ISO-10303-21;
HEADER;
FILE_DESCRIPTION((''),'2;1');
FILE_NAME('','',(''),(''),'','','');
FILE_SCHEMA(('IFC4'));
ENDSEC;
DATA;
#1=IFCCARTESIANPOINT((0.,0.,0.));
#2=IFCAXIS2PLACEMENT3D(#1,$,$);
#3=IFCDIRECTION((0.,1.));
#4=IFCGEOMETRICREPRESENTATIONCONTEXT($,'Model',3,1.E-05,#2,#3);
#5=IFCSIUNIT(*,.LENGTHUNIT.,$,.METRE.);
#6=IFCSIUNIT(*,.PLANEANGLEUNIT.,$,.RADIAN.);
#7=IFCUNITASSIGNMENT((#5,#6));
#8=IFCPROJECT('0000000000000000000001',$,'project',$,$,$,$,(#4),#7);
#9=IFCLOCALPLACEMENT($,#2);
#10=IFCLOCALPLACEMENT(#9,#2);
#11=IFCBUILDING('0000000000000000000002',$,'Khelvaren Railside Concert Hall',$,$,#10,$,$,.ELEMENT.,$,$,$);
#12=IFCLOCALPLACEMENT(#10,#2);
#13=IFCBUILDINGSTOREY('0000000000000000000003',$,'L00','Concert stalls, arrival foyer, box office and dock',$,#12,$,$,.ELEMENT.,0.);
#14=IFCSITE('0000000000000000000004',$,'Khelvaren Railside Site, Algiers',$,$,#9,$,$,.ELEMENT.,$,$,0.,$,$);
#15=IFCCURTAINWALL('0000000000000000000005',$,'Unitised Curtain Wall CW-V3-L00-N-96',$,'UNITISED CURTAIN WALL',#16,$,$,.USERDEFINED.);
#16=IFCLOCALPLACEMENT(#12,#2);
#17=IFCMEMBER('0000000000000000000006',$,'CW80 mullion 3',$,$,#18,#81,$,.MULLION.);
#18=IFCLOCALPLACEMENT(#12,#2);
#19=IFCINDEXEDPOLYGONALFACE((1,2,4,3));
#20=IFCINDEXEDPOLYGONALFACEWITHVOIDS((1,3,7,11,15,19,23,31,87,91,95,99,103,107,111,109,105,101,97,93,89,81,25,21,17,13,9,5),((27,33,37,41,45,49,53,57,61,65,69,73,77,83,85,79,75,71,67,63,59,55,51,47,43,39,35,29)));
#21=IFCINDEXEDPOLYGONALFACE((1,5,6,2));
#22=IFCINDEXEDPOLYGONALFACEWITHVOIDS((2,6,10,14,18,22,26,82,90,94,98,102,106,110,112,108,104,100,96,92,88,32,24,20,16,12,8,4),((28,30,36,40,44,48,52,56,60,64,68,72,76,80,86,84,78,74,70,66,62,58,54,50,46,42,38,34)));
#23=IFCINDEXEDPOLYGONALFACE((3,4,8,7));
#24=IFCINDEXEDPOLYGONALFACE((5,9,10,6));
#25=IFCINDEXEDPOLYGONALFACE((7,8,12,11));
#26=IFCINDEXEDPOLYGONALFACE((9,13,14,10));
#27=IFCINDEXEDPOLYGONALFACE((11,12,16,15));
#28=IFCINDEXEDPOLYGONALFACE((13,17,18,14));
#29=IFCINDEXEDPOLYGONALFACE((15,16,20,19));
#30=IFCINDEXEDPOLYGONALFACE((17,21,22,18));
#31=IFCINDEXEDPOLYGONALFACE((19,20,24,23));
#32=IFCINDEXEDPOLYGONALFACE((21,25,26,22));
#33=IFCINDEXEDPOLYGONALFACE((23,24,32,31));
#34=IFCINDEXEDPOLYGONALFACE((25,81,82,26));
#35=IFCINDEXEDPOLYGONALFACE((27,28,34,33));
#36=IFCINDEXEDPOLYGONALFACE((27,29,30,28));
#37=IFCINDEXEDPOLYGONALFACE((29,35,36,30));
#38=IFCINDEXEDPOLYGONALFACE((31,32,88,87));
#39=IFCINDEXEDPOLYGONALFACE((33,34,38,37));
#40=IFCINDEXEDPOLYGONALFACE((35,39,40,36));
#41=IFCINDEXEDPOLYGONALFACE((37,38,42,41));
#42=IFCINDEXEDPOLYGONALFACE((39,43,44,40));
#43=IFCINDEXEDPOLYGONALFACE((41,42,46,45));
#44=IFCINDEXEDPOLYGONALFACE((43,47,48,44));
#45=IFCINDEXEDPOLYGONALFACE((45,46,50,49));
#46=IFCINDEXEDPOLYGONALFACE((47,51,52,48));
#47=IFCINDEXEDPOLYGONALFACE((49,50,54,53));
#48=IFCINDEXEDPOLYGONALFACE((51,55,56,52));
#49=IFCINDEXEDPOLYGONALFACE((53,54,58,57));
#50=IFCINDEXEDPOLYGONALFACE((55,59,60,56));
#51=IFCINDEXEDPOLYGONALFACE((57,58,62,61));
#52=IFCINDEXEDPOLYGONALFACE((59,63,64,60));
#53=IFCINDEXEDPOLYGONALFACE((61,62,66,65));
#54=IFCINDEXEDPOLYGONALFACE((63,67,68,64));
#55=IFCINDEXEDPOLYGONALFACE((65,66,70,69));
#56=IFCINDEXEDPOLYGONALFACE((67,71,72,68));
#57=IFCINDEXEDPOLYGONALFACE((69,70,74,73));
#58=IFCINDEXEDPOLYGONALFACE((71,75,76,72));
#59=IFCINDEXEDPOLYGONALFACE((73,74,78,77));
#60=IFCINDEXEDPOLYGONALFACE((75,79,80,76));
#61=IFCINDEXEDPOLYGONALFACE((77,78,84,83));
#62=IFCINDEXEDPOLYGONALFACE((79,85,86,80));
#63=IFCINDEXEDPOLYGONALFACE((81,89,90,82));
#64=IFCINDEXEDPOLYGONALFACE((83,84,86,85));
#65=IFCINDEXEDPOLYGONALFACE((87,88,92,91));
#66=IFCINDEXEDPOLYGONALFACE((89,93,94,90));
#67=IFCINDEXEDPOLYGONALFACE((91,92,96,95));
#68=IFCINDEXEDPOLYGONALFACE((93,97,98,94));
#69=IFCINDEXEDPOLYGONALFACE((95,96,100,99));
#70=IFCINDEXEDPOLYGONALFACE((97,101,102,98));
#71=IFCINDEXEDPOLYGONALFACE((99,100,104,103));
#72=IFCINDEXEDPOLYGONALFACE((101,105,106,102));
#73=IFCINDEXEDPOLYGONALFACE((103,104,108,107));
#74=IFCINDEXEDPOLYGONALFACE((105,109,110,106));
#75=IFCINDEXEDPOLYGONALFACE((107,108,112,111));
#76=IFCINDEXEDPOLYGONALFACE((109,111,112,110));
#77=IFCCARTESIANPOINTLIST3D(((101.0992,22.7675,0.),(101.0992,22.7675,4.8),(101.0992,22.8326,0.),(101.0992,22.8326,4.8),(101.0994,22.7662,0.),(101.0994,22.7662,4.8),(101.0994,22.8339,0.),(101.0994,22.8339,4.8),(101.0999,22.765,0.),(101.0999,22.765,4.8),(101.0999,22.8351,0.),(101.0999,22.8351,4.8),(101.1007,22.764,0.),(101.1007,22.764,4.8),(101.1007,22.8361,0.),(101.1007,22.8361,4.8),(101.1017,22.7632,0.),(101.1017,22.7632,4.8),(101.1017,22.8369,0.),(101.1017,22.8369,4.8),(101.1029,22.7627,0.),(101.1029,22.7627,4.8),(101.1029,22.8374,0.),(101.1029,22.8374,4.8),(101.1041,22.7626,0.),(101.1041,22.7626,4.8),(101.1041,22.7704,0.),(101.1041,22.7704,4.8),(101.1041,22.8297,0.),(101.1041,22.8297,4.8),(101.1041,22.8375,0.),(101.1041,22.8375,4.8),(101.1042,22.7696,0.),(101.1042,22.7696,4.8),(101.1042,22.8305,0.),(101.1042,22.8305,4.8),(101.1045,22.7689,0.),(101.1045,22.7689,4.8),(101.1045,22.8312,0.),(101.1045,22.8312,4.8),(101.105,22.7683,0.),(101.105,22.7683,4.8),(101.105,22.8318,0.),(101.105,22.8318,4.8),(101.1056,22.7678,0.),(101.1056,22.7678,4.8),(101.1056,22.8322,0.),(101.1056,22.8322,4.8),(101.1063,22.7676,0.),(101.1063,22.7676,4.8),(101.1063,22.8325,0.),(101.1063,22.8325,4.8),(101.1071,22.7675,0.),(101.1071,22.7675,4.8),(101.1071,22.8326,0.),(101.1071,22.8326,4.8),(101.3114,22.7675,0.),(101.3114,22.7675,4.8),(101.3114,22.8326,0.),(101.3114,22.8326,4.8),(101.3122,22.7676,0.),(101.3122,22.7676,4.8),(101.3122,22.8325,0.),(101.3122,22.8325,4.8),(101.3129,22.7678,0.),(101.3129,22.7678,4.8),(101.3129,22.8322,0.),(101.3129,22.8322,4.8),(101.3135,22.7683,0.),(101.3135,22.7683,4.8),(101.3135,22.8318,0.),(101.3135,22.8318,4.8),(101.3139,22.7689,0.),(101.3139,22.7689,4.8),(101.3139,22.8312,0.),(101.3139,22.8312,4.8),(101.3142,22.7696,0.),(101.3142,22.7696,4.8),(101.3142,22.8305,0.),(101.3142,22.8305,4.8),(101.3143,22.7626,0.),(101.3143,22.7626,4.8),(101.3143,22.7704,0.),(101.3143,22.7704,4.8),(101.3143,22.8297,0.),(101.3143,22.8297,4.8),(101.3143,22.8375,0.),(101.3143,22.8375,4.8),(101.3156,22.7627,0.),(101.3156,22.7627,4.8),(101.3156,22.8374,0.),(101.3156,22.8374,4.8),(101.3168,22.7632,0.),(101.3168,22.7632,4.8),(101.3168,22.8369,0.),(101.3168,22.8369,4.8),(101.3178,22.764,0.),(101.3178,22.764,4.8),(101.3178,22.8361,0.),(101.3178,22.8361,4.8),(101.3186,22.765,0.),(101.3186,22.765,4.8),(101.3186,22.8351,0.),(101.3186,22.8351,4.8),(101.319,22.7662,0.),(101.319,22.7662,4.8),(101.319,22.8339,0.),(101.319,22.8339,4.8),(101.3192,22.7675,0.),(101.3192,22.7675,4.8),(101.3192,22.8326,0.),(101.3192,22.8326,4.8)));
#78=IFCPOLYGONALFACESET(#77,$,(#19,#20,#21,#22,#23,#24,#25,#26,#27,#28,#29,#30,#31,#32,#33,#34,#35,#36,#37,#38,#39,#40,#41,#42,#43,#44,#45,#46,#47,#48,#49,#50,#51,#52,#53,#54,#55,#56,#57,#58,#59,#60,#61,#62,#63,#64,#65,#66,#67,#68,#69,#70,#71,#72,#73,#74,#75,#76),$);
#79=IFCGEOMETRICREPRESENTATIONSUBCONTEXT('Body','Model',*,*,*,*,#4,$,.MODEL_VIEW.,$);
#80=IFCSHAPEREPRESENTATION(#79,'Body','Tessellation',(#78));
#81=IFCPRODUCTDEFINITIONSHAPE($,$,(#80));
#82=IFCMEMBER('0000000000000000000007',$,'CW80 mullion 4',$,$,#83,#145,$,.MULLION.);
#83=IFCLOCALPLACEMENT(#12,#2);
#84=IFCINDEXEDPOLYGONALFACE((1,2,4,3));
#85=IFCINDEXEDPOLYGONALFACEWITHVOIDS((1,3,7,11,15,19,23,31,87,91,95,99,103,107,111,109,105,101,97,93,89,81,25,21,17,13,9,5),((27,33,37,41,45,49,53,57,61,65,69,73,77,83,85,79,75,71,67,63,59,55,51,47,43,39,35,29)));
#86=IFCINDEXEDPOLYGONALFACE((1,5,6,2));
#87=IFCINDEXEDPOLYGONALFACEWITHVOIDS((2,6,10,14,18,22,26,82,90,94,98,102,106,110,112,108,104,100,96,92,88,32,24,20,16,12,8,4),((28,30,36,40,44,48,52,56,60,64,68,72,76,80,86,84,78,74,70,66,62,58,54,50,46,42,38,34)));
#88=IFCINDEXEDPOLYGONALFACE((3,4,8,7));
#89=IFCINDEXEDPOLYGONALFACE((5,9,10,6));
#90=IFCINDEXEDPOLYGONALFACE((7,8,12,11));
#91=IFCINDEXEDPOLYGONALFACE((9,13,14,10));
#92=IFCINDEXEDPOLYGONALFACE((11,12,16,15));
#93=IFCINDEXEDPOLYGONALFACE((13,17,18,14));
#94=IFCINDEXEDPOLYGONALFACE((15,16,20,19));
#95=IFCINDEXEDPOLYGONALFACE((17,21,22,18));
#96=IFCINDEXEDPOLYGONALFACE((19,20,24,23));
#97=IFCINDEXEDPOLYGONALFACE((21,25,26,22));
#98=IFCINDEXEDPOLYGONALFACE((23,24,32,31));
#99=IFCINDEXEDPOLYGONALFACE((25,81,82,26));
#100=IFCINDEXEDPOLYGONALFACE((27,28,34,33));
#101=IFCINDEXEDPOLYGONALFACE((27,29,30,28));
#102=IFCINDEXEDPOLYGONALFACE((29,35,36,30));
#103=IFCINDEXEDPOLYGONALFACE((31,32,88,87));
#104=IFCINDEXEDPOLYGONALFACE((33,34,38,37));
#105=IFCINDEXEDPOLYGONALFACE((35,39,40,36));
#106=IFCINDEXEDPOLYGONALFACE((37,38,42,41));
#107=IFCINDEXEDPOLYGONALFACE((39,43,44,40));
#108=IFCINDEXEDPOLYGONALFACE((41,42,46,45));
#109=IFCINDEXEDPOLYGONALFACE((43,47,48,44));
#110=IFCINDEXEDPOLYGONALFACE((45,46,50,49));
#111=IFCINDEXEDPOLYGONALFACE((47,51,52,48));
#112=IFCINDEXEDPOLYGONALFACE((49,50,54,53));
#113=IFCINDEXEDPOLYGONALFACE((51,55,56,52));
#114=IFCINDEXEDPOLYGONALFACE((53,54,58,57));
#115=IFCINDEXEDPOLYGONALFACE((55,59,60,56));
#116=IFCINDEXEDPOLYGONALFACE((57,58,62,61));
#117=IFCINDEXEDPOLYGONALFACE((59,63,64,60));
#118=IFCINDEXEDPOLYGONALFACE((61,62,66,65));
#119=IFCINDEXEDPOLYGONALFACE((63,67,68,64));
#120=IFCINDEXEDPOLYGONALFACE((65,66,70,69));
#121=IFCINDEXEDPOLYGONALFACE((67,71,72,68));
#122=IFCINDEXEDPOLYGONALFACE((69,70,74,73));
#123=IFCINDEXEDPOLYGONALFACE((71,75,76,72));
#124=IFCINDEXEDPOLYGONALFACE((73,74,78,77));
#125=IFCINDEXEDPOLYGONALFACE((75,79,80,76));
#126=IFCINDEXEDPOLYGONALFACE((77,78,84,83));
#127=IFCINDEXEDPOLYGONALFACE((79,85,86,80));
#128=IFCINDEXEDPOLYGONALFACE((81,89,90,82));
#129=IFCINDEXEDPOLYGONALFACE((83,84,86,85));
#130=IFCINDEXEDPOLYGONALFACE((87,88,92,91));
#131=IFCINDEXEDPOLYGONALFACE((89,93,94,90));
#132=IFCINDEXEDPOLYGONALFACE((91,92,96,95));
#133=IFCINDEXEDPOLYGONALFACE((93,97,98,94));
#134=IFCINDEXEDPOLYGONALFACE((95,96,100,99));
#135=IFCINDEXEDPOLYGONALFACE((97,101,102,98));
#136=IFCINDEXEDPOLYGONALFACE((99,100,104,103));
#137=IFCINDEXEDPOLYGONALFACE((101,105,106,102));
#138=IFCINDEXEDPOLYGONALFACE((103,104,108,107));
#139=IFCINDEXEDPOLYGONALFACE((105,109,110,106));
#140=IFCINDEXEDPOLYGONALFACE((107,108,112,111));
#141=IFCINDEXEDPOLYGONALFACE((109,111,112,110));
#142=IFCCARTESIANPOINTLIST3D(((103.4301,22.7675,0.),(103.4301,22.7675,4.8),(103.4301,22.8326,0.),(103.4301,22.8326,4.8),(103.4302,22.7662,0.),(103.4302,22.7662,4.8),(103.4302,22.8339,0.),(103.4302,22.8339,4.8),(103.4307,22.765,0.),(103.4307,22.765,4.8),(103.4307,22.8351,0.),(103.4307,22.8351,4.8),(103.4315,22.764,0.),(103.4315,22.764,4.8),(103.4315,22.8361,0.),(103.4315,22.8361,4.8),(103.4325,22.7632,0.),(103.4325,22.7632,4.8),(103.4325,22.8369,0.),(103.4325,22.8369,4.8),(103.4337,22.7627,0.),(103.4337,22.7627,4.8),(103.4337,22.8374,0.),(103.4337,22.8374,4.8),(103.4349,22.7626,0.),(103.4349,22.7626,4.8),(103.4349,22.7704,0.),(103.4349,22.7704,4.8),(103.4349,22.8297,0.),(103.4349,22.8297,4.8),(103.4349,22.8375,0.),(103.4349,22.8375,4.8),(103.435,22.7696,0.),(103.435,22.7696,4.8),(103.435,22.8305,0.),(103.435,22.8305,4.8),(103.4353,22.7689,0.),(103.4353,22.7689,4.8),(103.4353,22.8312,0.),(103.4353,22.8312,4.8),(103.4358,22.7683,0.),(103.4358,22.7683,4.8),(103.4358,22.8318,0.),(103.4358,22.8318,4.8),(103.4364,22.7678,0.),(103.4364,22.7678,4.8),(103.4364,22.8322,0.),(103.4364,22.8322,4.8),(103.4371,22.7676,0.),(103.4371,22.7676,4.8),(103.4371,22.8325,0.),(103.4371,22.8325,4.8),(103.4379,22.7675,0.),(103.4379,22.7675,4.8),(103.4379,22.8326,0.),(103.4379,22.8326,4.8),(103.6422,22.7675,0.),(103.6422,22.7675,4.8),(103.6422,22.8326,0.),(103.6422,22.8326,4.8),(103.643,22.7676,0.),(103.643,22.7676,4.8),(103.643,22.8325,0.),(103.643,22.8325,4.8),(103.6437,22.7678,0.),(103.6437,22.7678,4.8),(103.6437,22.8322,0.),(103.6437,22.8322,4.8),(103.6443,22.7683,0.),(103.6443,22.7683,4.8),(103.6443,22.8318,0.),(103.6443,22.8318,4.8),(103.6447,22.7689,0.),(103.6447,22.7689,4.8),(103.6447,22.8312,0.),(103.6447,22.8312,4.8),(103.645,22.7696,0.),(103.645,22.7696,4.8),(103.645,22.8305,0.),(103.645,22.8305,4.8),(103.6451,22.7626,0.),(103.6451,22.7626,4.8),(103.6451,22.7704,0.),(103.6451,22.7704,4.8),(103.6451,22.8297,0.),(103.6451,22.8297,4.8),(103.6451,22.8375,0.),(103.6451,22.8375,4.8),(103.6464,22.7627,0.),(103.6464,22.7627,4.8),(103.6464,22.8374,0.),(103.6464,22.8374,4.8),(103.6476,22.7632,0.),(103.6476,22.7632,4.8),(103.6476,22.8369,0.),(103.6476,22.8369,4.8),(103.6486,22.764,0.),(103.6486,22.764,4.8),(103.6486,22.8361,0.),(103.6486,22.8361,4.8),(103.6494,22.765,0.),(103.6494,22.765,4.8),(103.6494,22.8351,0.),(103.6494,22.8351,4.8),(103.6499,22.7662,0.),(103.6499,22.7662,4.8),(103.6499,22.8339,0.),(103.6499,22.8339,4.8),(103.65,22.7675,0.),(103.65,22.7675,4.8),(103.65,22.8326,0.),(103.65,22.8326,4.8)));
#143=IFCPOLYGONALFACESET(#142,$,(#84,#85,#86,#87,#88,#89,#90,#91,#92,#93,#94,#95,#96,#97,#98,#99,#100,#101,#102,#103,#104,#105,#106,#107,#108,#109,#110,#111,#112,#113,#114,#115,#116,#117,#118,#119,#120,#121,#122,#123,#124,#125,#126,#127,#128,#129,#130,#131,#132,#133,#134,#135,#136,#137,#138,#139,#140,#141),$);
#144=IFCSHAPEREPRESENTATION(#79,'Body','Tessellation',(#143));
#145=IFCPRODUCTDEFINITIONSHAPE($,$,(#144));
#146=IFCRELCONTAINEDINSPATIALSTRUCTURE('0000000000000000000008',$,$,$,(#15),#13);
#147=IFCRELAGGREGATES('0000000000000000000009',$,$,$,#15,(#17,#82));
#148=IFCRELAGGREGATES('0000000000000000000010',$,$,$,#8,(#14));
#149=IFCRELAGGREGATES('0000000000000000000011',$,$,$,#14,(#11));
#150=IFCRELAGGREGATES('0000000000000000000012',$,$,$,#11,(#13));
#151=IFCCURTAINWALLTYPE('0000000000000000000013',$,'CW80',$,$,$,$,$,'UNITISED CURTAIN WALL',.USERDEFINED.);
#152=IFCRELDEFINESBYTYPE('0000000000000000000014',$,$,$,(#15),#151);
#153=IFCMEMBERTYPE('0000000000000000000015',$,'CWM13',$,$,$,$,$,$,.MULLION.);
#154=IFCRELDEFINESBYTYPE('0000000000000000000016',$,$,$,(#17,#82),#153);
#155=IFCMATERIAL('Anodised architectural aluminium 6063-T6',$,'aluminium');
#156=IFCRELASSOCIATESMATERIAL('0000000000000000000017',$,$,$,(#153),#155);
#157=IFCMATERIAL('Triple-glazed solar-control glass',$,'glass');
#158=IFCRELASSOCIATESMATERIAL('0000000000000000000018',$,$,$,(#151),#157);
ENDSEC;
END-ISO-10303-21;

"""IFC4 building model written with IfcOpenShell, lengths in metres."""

from ifc_helpers import new_model, si_unit, direction, frame, origin, origin_2d, place, context, subcontext, project, spatial, hollow_rectangle, extrude, material, material_profile, profile_set, type_object, element, aggregate, save


model = new_model("IFC4")

# Units and contexts
model_context = context("Model", 3, precision=1e-05, world=origin(), true_north=direction((0.0, 1.0)))
body_context = subcontext(model_context, "Body", "Model", "MODEL_VIEW")
ifc_project = project(units=[si_unit("LENGTHUNIT", "METRE"), si_unit("PLANEANGLEUNIT", "RADIAN")], contexts=[model_context])

# Site, building, storey
site_placement = place(None, origin())
site = spatial("IfcSite", under=ifc_project, at=site_placement, Name="Khelvaren Railside Site, Algiers", CompositionType="ELEMENT", RefElevation=0.0)
building_placement = place(site_placement, origin())
building = spatial("IfcBuilding", under=site, at=building_placement, Name="Khelvaren Railside Concert Hall", CompositionType="ELEMENT")
storey_placement = place(building_placement, origin())
storey = spatial("IfcBuildingStorey", under=building, at=storey_placement, Name="L00", Description="Concert stalls, arrival foyer, box office and dock", CompositionType="ELEMENT", Elevation=0.0)

# Shared definitions
ifc_material_1 = material(Name="Triple-glazed solar-control glass", Category="glass")
ifc_material_2 = material(Name="Anodised architectural aluminium 6063-T6", Category="aluminium")
ifc_material_profile_1 = material_profile(ifc_material_2, hollow_rectangle(XDim=0.075, YDim=0.22, WallThickness=0.0049, InnerFilletRadius=0.0029, OuterFilletRadius=0.0049, at=origin_2d()), Name="CWM 75x220x5")
ifc_profile_set_1 = profile_set([ifc_material_profile_1], Name="Anodised architectural aluminium 6063-T6")
member_type_1 = type_object("IfcMemberType", Name="CWM13", PredefinedType="MULLION", material=ifc_profile_set_1)

# Curtain wall, members
curtain_wall_type_1 = type_object("IfcCurtainWallType", Name="CW80", ElementType="UNITISED CURTAIN WALL", PredefinedType="USERDEFINED", material=ifc_material_1)
curtain_wall_1_placement = place(storey_placement, origin())
curtain_wall_1 = element("IfcCurtainWall", 1, at=curtain_wall_1_placement, inside=storey, type_object=curtain_wall_type_1, Name="Unitised Curtain Wall CW-V3-L00-N-96", ObjectType="UNITISED CURTAIN WALL", PredefinedType="USERDEFINED")
member_1_placement = place(storey_placement, frame((101.2092, 22.8, 0.0), z_axis=(0.0, 0.0, 1.0), x_axis=(0.0, 1.0, 0.0)))
member_1 = element("IfcMember", 2, at=member_1_placement, type_object=member_type_1, Name="CW80 mullion 3", PredefinedType="MULLION", context=body_context, shape_type="SweptSolid", body=[
    extrude(hollow_rectangle(XDim=0.075, YDim=0.22, WallThickness=0.0049, InnerFilletRadius=0.0029, OuterFilletRadius=0.0049, at=origin_2d()), origin(), (0.0, 0.0, 1.0), 4.8),
])
member_2_placement = place(storey_placement, frame((103.54, 22.8, 0.0), z_axis=(0.0, 0.0, 1.0), x_axis=(0.0, 1.0, 0.0)))
member_2 = element("IfcMember", 3, at=member_2_placement, type_object=member_type_1, Name="CW80 mullion 4", PredefinedType="MULLION", context=body_context, shape_type="SweptSolid", body=[
    extrude(hollow_rectangle(XDim=0.075, YDim=0.22, WallThickness=0.0049, InnerFilletRadius=0.0029, OuterFilletRadius=0.0049, at=origin_2d()), origin(), (0.0, 0.0, 1.0), 4.8),
])

aggregate(curtain_wall_1, [member_1, member_2])

save(model, "model.ifc")
